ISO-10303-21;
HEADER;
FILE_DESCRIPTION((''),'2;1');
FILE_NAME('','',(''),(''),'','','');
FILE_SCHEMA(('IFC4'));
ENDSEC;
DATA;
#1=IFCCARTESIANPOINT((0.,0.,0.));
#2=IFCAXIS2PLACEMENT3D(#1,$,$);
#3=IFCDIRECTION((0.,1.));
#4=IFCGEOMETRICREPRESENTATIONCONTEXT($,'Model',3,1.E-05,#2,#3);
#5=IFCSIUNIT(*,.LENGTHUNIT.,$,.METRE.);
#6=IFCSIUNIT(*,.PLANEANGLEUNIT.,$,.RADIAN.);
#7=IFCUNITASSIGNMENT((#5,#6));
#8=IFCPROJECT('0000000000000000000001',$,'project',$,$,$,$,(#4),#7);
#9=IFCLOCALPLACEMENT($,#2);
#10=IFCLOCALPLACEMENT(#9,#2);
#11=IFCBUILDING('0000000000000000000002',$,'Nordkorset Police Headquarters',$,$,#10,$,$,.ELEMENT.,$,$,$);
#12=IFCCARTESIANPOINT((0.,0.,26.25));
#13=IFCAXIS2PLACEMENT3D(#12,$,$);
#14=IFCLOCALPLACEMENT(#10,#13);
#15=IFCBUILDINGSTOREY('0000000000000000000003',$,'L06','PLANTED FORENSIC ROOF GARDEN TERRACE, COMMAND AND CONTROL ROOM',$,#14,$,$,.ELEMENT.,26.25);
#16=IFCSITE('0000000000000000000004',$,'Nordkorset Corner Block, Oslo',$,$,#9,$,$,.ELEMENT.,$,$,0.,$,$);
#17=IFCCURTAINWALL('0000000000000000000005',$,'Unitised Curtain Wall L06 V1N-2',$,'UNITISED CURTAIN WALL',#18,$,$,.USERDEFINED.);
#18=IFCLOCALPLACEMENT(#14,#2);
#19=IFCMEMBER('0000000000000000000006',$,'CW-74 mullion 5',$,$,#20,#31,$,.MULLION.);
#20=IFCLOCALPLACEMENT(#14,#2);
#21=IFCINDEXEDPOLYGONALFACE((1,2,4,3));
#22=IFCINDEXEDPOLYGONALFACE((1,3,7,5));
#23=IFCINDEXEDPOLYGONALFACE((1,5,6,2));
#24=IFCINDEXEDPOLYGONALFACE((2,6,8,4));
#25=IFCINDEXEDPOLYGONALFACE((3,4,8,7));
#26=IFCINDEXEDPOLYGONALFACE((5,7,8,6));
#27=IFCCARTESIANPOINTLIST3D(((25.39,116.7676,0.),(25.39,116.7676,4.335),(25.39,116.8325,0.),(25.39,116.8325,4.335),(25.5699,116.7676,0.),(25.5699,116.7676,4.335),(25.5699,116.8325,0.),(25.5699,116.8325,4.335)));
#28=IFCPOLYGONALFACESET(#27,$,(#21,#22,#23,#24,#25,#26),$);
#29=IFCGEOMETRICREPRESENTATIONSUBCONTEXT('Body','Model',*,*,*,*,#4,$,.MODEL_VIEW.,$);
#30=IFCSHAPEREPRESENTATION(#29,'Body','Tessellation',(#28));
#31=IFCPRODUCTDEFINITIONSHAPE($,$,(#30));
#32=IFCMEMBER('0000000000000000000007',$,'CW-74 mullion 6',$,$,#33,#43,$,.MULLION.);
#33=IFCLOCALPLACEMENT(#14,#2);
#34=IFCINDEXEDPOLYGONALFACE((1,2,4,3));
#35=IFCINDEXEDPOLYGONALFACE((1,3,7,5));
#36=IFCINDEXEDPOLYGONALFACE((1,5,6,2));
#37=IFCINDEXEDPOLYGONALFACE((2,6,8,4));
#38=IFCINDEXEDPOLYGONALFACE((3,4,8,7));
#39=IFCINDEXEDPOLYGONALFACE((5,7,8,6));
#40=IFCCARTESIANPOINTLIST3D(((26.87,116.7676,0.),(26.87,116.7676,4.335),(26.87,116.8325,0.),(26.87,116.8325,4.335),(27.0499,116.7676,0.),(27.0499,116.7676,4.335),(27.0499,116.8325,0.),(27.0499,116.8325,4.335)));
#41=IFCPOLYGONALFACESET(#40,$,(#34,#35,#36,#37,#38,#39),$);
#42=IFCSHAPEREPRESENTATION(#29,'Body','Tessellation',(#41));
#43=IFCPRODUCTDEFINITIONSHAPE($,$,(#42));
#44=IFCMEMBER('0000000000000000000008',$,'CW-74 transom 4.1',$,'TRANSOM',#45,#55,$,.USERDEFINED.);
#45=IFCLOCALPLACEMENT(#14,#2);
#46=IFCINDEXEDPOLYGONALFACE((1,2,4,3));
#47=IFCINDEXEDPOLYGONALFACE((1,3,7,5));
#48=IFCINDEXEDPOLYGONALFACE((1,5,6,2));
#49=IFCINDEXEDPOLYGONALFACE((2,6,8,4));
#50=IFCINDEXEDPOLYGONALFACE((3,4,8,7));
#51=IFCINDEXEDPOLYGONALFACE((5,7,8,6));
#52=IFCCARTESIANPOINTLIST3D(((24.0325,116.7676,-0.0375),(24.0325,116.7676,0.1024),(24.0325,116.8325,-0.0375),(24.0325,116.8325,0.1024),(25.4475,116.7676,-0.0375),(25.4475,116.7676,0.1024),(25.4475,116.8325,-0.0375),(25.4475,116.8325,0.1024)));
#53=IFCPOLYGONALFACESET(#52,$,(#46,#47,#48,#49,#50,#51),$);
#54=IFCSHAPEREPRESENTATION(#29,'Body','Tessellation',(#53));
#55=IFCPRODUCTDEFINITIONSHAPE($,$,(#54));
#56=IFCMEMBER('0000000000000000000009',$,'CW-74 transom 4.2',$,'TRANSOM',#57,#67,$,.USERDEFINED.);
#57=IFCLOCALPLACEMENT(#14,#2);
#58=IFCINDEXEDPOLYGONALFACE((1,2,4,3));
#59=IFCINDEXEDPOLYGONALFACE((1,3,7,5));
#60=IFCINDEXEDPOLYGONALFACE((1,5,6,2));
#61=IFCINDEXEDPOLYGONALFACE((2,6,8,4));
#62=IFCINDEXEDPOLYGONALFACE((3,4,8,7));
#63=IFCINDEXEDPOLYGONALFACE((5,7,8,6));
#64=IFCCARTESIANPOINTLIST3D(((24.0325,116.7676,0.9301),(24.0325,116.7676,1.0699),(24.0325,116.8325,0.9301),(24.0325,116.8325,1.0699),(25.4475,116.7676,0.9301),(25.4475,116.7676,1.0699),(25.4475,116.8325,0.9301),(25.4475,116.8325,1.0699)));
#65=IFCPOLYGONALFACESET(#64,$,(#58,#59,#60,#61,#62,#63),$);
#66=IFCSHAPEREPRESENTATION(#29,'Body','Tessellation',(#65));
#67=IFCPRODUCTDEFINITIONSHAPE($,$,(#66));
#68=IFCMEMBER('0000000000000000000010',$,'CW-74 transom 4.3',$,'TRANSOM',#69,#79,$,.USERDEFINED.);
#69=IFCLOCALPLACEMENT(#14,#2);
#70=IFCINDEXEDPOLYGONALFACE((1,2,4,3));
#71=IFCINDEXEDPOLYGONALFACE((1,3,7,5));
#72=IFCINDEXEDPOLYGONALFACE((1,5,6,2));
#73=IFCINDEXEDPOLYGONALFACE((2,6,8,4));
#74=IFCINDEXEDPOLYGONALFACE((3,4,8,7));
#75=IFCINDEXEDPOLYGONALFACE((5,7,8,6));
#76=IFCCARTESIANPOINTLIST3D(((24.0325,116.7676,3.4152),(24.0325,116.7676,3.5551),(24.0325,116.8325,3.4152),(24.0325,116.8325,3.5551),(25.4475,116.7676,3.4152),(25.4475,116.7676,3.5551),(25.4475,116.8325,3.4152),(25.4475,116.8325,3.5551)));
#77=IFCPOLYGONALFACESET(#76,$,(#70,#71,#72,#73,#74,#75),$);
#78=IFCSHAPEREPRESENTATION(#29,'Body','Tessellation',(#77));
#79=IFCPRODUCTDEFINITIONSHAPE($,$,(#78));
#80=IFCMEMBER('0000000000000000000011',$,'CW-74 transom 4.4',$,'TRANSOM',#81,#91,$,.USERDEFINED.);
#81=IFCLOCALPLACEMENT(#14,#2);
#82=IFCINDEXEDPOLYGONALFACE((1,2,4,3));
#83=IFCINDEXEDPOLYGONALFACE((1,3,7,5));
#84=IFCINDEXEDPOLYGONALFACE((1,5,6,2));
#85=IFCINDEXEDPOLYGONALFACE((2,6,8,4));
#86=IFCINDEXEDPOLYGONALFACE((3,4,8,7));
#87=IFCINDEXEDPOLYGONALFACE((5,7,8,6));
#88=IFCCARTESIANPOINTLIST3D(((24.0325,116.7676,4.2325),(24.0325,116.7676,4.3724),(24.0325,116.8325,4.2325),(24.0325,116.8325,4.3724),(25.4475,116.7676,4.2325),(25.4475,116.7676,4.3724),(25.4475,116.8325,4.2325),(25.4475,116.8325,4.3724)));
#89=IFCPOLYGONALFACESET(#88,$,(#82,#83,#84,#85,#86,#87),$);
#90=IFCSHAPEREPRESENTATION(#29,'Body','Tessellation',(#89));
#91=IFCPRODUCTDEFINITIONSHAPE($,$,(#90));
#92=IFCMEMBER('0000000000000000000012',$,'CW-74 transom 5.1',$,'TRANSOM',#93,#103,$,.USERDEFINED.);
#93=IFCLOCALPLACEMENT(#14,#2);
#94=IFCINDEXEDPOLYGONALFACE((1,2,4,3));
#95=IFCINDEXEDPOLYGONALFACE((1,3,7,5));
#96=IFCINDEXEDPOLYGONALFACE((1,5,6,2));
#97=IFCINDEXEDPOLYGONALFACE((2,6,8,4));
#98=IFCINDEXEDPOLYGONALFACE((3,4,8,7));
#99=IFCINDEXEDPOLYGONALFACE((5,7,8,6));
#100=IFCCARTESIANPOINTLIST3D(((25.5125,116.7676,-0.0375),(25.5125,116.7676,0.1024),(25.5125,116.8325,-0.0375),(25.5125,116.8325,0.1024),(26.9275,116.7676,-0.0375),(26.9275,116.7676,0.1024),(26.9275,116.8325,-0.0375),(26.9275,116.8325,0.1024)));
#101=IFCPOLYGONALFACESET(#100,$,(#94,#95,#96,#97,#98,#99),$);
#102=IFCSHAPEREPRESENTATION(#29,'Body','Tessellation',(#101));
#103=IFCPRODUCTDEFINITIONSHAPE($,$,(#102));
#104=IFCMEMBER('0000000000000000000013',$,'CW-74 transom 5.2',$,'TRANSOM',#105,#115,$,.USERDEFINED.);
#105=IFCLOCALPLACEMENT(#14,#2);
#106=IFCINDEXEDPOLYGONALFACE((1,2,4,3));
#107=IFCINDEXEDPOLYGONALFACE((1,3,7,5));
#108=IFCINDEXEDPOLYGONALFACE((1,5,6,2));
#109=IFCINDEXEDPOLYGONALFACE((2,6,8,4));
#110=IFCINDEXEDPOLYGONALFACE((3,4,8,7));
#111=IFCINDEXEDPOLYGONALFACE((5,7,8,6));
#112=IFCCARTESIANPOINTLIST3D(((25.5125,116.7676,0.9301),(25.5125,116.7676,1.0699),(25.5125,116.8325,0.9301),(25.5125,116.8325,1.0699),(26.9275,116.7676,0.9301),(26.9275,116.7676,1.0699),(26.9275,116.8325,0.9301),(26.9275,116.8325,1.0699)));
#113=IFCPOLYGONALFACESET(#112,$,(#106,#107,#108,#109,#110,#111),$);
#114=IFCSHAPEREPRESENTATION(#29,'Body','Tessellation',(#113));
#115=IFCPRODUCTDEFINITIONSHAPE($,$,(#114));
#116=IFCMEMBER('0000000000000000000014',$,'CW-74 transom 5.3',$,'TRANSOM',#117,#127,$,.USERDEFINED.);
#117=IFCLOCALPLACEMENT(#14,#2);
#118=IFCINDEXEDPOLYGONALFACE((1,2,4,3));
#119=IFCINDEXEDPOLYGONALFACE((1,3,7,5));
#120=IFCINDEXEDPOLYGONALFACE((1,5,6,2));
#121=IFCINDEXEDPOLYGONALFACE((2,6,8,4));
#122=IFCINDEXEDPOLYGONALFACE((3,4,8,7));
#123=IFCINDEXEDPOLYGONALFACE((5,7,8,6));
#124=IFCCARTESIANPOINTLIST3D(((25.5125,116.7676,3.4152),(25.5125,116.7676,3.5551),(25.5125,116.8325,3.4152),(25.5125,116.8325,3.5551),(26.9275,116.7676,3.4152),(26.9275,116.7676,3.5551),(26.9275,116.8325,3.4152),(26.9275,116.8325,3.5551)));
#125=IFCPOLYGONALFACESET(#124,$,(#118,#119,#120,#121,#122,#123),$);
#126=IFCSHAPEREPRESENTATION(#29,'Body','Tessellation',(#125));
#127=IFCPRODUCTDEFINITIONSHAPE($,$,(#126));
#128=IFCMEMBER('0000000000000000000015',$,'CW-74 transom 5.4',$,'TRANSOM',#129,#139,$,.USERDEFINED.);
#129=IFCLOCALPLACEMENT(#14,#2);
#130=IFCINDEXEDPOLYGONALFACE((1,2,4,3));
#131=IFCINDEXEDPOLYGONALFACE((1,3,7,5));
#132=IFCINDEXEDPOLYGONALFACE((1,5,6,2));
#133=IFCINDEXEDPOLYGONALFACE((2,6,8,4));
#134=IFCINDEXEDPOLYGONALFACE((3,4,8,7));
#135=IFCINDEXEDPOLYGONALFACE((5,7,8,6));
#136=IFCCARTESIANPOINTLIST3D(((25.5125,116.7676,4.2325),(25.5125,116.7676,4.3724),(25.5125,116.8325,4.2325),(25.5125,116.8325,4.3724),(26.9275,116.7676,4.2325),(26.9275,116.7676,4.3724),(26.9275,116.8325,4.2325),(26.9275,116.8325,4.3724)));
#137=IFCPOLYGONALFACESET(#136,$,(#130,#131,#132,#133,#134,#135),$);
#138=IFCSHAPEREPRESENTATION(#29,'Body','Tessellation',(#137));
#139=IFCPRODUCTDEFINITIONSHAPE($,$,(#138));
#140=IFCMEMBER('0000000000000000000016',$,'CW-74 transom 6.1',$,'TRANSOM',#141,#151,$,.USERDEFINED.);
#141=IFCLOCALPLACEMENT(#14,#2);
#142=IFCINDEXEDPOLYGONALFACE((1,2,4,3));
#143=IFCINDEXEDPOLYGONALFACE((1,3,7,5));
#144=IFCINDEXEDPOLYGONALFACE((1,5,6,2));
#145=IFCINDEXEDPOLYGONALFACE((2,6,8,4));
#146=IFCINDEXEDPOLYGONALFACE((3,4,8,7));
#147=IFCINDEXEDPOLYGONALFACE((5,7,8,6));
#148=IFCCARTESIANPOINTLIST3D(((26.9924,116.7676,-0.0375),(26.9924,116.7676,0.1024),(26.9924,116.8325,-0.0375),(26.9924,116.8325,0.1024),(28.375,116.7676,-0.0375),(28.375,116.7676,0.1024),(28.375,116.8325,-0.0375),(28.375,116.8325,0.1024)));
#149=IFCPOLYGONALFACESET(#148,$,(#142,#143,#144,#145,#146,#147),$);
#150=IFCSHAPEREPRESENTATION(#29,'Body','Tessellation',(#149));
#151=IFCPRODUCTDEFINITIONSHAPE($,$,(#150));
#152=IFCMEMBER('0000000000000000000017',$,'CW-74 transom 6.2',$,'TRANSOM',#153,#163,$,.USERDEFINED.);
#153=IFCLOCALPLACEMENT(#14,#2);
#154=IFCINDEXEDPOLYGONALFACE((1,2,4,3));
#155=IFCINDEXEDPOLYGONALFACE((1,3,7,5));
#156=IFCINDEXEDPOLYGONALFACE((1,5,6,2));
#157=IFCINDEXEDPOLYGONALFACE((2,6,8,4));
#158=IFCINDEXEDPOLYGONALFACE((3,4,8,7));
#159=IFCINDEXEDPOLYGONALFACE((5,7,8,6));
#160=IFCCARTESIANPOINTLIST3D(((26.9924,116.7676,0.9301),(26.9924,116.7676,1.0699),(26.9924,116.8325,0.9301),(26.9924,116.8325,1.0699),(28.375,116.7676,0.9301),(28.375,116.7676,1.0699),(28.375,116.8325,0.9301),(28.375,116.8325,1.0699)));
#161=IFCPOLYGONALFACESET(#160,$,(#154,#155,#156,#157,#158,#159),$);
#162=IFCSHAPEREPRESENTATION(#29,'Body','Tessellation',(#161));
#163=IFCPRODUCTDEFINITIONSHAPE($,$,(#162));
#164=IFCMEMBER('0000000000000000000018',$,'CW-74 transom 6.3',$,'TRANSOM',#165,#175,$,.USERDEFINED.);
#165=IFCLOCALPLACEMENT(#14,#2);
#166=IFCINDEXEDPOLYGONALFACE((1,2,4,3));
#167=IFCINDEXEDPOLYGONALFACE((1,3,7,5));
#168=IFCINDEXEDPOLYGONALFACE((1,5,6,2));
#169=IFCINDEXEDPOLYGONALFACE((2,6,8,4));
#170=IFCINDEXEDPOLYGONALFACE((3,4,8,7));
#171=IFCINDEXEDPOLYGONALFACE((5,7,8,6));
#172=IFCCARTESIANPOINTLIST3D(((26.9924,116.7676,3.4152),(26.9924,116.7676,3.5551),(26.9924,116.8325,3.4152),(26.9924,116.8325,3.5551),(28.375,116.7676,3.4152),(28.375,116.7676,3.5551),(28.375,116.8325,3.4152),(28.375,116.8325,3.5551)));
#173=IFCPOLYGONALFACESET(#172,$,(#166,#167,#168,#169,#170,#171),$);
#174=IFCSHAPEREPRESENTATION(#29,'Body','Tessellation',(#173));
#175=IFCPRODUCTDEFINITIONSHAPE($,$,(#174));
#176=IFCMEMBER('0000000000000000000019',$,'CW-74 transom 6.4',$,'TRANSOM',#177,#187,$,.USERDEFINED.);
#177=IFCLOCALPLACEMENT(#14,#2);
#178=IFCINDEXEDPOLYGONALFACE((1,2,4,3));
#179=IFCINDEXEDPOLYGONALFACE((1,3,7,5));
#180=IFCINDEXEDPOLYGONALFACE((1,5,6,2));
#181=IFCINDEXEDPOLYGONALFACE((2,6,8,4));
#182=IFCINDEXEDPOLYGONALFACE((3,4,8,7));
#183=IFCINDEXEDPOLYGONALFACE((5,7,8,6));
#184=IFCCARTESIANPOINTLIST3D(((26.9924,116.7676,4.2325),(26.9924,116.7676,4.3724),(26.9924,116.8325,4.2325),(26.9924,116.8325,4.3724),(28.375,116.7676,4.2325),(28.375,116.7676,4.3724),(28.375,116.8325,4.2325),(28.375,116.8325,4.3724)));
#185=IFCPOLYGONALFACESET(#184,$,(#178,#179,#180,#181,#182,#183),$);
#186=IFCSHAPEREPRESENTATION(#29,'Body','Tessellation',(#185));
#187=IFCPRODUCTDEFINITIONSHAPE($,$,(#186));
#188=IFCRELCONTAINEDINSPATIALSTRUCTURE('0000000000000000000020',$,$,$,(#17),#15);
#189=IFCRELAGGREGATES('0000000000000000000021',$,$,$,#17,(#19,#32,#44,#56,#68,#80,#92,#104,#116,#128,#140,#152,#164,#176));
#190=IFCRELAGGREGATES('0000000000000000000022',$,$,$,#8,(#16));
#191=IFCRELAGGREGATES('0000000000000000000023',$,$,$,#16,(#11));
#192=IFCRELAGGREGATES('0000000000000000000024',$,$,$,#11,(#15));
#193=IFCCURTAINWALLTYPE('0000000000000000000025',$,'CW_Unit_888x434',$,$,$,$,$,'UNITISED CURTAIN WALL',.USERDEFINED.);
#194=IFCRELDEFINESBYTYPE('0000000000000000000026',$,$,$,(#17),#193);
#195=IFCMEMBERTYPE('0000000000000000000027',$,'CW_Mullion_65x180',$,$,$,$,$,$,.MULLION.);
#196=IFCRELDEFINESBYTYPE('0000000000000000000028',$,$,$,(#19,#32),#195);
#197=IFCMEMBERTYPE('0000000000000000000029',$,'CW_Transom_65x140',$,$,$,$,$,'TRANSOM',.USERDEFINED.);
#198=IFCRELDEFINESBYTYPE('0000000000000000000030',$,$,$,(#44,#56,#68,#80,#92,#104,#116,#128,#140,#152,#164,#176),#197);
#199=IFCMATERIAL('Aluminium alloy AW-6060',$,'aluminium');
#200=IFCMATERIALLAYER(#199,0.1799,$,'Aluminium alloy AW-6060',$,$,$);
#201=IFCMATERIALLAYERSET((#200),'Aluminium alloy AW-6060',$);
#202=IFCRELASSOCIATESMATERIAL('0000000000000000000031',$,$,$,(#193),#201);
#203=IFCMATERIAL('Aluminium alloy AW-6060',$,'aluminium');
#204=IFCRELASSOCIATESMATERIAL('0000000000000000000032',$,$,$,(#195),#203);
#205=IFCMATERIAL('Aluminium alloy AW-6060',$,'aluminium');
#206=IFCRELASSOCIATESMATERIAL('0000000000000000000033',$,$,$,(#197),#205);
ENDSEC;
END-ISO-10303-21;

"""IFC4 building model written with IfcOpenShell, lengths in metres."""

from ifc_helpers import new_model, si_unit, direction, frame, origin, origin_2d, place, context, subcontext, project, spatial, rectangle, extrude, material, layer, layer_set, material_profile, profile_set, type_object, element, aggregate, save


model = new_model("IFC4")

# Units and contexts
model_context = context("Model", 3, precision=1e-05, world=origin(), true_north=direction((0.0, 1.0)))
body_context = subcontext(model_context, "Body", "Model", "MODEL_VIEW")
ifc_project = project(units=[si_unit("LENGTHUNIT", "METRE"), si_unit("PLANEANGLEUNIT", "RADIAN")], contexts=[model_context])

# Site, building, storey
site_placement = place(None, origin())
site = spatial("IfcSite", under=ifc_project, at=site_placement, Name="Nordkorset Corner Block, Oslo", CompositionType="ELEMENT", RefElevation=0.0)
building_placement = place(site_placement, origin())
building = spatial("IfcBuilding", under=site, at=building_placement, Name="Nordkorset Police Headquarters", CompositionType="ELEMENT")
storey_placement = place(building_placement, frame((0.0, 0.0, 26.25)))
storey = spatial("IfcBuildingStorey", under=building, at=storey_placement, Name="L06", Description="PLANTED FORENSIC ROOF GARDEN TERRACE, COMMAND AND CONTROL ROOM", CompositionType="ELEMENT", Elevation=26.25)

# Curtain wall, members
ifc_material_1 = material(Name="Aluminium alloy AW-6060", Category="aluminium")
ifc_layer_1 = layer(ifc_material_1, 0.1799, Name="Aluminium alloy AW-6060")
ifc_layer_set_1 = layer_set([ifc_layer_1], Name="Aluminium alloy AW-6060")
curtain_wall_type = type_object("IfcCurtainWallType", Name="CW_Unit_888x434", ElementType="UNITISED CURTAIN WALL", PredefinedType="USERDEFINED", material=ifc_layer_set_1)
curtain_wall_placement = place(storey_placement, origin())
curtain_wall = element("IfcCurtainWall", 1, at=curtain_wall_placement, inside=storey, type_object=curtain_wall_type, Name="Unitised Curtain Wall L06 V1N-2", ObjectType="UNITISED CURTAIN WALL", PredefinedType="USERDEFINED")
ifc_material_2 = material(Name="Aluminium alloy AW-6060", Category="aluminium")
ifc_material_profile_1 = material_profile(ifc_material_2, rectangle(XDim=0.0649, YDim=0.1799, at=origin_2d()), Name="ALU MULL 65x180")
ifc_profile_set_1 = profile_set([ifc_material_profile_1], Name="Aluminium alloy AW-6060")
member_type_1 = type_object("IfcMemberType", Name="CW_Mullion_65x180", PredefinedType="MULLION", material=ifc_profile_set_1)
member_1_placement = place(storey_placement, frame((25.48, 116.8, 0.0), z_axis=(0.0, 0.0, 1.0), x_axis=(0.0, 1.0, 0.0)))
member_1 = element("IfcMember", 2, at=member_1_placement, type_object=member_type_1, Name="CW-74 mullion 5", PredefinedType="MULLION", context=body_context, shape_type="SweptSolid", body=[
    extrude(rectangle(XDim=0.0649, YDim=0.1799, at=origin_2d()), origin(), (0.0, 0.0, 1.0), 4.335),
])
member_2_placement = place(storey_placement, frame((26.96, 116.8, 0.0), z_axis=(0.0, 0.0, 1.0), x_axis=(0.0, 1.0, 0.0)))
member_2 = element("IfcMember", 3, at=member_2_placement, type_object=member_type_1, Name="CW-74 mullion 6", PredefinedType="MULLION", context=body_context, shape_type="SweptSolid", body=[
    extrude(rectangle(XDim=0.0649, YDim=0.1799, at=origin_2d()), origin(), (0.0, 0.0, 1.0), 4.335),
])
ifc_material_3 = material(Name="Aluminium alloy AW-6060", Category="aluminium")
ifc_material_profile_2 = material_profile(ifc_material_3, rectangle(XDim=0.0649, YDim=0.1399, at=origin_2d()), Name="ALU TRAN 65x140")
ifc_profile_set_2 = profile_set([ifc_material_profile_2], Name="Aluminium alloy AW-6060")
member_type_2 = type_object("IfcMemberType", Name="CW_Transom_65x140", ElementType="TRANSOM", PredefinedType="USERDEFINED", material=ifc_profile_set_2)
member_3_placement = place(storey_placement, frame((24.0325, 116.8, 0.0325), z_axis=(1.0, 0.0, 0.0), x_axis=(0.0, 1.0, 0.0)))
member_3 = element("IfcMember", 4, at=member_3_placement, type_object=member_type_2, Name="CW-74 transom 4.1", ObjectType="TRANSOM", PredefinedType="USERDEFINED", context=body_context, shape_type="SweptSolid", body=[
    extrude(rectangle(XDim=0.0649, YDim=0.1399, at=origin_2d()), origin(), (0.0, 0.0, 1.0), 1.415),
])
member_4_placement = place(storey_placement, frame((24.0325, 116.8, 1.0), z_axis=(1.0, 0.0, 0.0), x_axis=(0.0, 1.0, 0.0)))
member_4 = element("IfcMember", 5, at=member_4_placement, type_object=member_type_2, Name="CW-74 transom 4.2", ObjectType="TRANSOM", PredefinedType="USERDEFINED", context=body_context, shape_type="SweptSolid", body=[
    extrude(rectangle(XDim=0.0649, YDim=0.1399, at=origin_2d()), origin(), (0.0, 0.0, 1.0), 1.415),
])
member_5_placement = place(storey_placement, frame((24.0325, 116.8, 3.4851), z_axis=(1.0, 0.0, 0.0), x_axis=(0.0, 1.0, 0.0)))
member_5 = element("IfcMember", 6, at=member_5_placement, type_object=member_type_2, Name="CW-74 transom 4.3", ObjectType="TRANSOM", PredefinedType="USERDEFINED", context=body_context, shape_type="SweptSolid", body=[
    extrude(rectangle(XDim=0.0649, YDim=0.1399, at=origin_2d()), origin(), (0.0, 0.0, 1.0), 1.415),
])
member_6_placement = place(storey_placement, frame((24.0325, 116.8, 4.3025), z_axis=(1.0, 0.0, 0.0), x_axis=(0.0, 1.0, 0.0)))
member_6 = element("IfcMember", 7, at=member_6_placement, type_object=member_type_2, Name="CW-74 transom 4.4", ObjectType="TRANSOM", PredefinedType="USERDEFINED", context=body_context, shape_type="SweptSolid", body=[
    extrude(rectangle(XDim=0.0649, YDim=0.1399, at=origin_2d()), origin(), (0.0, 0.0, 1.0), 1.415),
])
member_7_placement = place(storey_placement, frame((25.5125, 116.8, 0.0325), z_axis=(1.0, 0.0, 0.0), x_axis=(0.0, 1.0, 0.0)))
member_7 = element("IfcMember", 8, at=member_7_placement, type_object=member_type_2, Name="CW-74 transom 5.1", ObjectType="TRANSOM", PredefinedType="USERDEFINED", context=body_context, shape_type="SweptSolid", body=[
    extrude(rectangle(XDim=0.0649, YDim=0.1399, at=origin_2d()), origin(), (0.0, 0.0, 1.0), 1.415),
])
member_8_placement = place(storey_placement, frame((25.5125, 116.8, 1.0), z_axis=(1.0, 0.0, 0.0), x_axis=(0.0, 1.0, 0.0)))
member_8 = element("IfcMember", 9, at=member_8_placement, type_object=member_type_2, Name="CW-74 transom 5.2", ObjectType="TRANSOM", PredefinedType="USERDEFINED", context=body_context, shape_type="SweptSolid", body=[
    extrude(rectangle(XDim=0.0649, YDim=0.1399, at=origin_2d()), origin(), (0.0, 0.0, 1.0), 1.415),
])
member_9_placement = place(storey_placement, frame((25.5125, 116.8, 3.4851), z_axis=(1.0, 0.0, 0.0), x_axis=(0.0, 1.0, 0.0)))
member_9 = element("IfcMember", 10, at=member_9_placement, type_object=member_type_2, Name="CW-74 transom 5.3", ObjectType="TRANSOM", PredefinedType="USERDEFINED", context=body_context, shape_type="SweptSolid", body=[
    extrude(rectangle(XDim=0.0649, YDim=0.1399, at=origin_2d()), origin(), (0.0, 0.0, 1.0), 1.415),
])
member_10_placement = place(storey_placement, frame((25.5125, 116.8, 4.3025), z_axis=(1.0, 0.0, 0.0), x_axis=(0.0, 1.0, 0.0)))
member_10 = element("IfcMember", 11, at=member_10_placement, type_object=member_type_2, Name="CW-74 transom 5.4", ObjectType="TRANSOM", PredefinedType="USERDEFINED", context=body_context, shape_type="SweptSolid", body=[
    extrude(rectangle(XDim=0.0649, YDim=0.1399, at=origin_2d()), origin(), (0.0, 0.0, 1.0), 1.415),
])
member_11_placement = place(storey_placement, frame((26.9924, 116.8, 0.0325), z_axis=(1.0, 0.0, 0.0), x_axis=(0.0, 1.0, 0.0)))
member_11 = element("IfcMember", 12, at=member_11_placement, type_object=member_type_2, Name="CW-74 transom 6.1", ObjectType="TRANSOM", PredefinedType="USERDEFINED", context=body_context, shape_type="SweptSolid", body=[
    extrude(rectangle(XDim=0.0649, YDim=0.1399, at=origin_2d()), origin(), (0.0, 0.0, 1.0), 1.3826),
])
member_12_placement = place(storey_placement, frame((26.9924, 116.8, 1.0), z_axis=(1.0, 0.0, 0.0), x_axis=(0.0, 1.0, 0.0)))
member_12 = element("IfcMember", 13, at=member_12_placement, type_object=member_type_2, Name="CW-74 transom 6.2", ObjectType="TRANSOM", PredefinedType="USERDEFINED", context=body_context, shape_type="SweptSolid", body=[
    extrude(rectangle(XDim=0.0649, YDim=0.1399, at=origin_2d()), origin(), (0.0, 0.0, 1.0), 1.3826),
])
member_13_placement = place(storey_placement, frame((26.9924, 116.8, 3.4851), z_axis=(1.0, 0.0, 0.0), x_axis=(0.0, 1.0, 0.0)))
member_13 = element("IfcMember", 14, at=member_13_placement, type_object=member_type_2, Name="CW-74 transom 6.3", ObjectType="TRANSOM", PredefinedType="USERDEFINED", context=body_context, shape_type="SweptSolid", body=[
    extrude(rectangle(XDim=0.0649, YDim=0.1399, at=origin_2d()), origin(), (0.0, 0.0, 1.0), 1.3826),
])
member_14_placement = place(storey_placement, frame((26.9924, 116.8, 4.3025), z_axis=(1.0, 0.0, 0.0), x_axis=(0.0, 1.0, 0.0)))
member_14 = element("IfcMember", 15, at=member_14_placement, type_object=member_type_2, Name="CW-74 transom 6.4", ObjectType="TRANSOM", PredefinedType="USERDEFINED", context=body_context, shape_type="SweptSolid", body=[
    extrude(rectangle(XDim=0.0649, YDim=0.1399, at=origin_2d()), origin(), (0.0, 0.0, 1.0), 1.3826),
])
aggregate(curtain_wall, [member_1, member_2, member_3, member_4, member_5, member_6, member_7, member_8, member_9, member_10, member_11, member_12, member_13, member_14])

save(model, "model.ifc")
